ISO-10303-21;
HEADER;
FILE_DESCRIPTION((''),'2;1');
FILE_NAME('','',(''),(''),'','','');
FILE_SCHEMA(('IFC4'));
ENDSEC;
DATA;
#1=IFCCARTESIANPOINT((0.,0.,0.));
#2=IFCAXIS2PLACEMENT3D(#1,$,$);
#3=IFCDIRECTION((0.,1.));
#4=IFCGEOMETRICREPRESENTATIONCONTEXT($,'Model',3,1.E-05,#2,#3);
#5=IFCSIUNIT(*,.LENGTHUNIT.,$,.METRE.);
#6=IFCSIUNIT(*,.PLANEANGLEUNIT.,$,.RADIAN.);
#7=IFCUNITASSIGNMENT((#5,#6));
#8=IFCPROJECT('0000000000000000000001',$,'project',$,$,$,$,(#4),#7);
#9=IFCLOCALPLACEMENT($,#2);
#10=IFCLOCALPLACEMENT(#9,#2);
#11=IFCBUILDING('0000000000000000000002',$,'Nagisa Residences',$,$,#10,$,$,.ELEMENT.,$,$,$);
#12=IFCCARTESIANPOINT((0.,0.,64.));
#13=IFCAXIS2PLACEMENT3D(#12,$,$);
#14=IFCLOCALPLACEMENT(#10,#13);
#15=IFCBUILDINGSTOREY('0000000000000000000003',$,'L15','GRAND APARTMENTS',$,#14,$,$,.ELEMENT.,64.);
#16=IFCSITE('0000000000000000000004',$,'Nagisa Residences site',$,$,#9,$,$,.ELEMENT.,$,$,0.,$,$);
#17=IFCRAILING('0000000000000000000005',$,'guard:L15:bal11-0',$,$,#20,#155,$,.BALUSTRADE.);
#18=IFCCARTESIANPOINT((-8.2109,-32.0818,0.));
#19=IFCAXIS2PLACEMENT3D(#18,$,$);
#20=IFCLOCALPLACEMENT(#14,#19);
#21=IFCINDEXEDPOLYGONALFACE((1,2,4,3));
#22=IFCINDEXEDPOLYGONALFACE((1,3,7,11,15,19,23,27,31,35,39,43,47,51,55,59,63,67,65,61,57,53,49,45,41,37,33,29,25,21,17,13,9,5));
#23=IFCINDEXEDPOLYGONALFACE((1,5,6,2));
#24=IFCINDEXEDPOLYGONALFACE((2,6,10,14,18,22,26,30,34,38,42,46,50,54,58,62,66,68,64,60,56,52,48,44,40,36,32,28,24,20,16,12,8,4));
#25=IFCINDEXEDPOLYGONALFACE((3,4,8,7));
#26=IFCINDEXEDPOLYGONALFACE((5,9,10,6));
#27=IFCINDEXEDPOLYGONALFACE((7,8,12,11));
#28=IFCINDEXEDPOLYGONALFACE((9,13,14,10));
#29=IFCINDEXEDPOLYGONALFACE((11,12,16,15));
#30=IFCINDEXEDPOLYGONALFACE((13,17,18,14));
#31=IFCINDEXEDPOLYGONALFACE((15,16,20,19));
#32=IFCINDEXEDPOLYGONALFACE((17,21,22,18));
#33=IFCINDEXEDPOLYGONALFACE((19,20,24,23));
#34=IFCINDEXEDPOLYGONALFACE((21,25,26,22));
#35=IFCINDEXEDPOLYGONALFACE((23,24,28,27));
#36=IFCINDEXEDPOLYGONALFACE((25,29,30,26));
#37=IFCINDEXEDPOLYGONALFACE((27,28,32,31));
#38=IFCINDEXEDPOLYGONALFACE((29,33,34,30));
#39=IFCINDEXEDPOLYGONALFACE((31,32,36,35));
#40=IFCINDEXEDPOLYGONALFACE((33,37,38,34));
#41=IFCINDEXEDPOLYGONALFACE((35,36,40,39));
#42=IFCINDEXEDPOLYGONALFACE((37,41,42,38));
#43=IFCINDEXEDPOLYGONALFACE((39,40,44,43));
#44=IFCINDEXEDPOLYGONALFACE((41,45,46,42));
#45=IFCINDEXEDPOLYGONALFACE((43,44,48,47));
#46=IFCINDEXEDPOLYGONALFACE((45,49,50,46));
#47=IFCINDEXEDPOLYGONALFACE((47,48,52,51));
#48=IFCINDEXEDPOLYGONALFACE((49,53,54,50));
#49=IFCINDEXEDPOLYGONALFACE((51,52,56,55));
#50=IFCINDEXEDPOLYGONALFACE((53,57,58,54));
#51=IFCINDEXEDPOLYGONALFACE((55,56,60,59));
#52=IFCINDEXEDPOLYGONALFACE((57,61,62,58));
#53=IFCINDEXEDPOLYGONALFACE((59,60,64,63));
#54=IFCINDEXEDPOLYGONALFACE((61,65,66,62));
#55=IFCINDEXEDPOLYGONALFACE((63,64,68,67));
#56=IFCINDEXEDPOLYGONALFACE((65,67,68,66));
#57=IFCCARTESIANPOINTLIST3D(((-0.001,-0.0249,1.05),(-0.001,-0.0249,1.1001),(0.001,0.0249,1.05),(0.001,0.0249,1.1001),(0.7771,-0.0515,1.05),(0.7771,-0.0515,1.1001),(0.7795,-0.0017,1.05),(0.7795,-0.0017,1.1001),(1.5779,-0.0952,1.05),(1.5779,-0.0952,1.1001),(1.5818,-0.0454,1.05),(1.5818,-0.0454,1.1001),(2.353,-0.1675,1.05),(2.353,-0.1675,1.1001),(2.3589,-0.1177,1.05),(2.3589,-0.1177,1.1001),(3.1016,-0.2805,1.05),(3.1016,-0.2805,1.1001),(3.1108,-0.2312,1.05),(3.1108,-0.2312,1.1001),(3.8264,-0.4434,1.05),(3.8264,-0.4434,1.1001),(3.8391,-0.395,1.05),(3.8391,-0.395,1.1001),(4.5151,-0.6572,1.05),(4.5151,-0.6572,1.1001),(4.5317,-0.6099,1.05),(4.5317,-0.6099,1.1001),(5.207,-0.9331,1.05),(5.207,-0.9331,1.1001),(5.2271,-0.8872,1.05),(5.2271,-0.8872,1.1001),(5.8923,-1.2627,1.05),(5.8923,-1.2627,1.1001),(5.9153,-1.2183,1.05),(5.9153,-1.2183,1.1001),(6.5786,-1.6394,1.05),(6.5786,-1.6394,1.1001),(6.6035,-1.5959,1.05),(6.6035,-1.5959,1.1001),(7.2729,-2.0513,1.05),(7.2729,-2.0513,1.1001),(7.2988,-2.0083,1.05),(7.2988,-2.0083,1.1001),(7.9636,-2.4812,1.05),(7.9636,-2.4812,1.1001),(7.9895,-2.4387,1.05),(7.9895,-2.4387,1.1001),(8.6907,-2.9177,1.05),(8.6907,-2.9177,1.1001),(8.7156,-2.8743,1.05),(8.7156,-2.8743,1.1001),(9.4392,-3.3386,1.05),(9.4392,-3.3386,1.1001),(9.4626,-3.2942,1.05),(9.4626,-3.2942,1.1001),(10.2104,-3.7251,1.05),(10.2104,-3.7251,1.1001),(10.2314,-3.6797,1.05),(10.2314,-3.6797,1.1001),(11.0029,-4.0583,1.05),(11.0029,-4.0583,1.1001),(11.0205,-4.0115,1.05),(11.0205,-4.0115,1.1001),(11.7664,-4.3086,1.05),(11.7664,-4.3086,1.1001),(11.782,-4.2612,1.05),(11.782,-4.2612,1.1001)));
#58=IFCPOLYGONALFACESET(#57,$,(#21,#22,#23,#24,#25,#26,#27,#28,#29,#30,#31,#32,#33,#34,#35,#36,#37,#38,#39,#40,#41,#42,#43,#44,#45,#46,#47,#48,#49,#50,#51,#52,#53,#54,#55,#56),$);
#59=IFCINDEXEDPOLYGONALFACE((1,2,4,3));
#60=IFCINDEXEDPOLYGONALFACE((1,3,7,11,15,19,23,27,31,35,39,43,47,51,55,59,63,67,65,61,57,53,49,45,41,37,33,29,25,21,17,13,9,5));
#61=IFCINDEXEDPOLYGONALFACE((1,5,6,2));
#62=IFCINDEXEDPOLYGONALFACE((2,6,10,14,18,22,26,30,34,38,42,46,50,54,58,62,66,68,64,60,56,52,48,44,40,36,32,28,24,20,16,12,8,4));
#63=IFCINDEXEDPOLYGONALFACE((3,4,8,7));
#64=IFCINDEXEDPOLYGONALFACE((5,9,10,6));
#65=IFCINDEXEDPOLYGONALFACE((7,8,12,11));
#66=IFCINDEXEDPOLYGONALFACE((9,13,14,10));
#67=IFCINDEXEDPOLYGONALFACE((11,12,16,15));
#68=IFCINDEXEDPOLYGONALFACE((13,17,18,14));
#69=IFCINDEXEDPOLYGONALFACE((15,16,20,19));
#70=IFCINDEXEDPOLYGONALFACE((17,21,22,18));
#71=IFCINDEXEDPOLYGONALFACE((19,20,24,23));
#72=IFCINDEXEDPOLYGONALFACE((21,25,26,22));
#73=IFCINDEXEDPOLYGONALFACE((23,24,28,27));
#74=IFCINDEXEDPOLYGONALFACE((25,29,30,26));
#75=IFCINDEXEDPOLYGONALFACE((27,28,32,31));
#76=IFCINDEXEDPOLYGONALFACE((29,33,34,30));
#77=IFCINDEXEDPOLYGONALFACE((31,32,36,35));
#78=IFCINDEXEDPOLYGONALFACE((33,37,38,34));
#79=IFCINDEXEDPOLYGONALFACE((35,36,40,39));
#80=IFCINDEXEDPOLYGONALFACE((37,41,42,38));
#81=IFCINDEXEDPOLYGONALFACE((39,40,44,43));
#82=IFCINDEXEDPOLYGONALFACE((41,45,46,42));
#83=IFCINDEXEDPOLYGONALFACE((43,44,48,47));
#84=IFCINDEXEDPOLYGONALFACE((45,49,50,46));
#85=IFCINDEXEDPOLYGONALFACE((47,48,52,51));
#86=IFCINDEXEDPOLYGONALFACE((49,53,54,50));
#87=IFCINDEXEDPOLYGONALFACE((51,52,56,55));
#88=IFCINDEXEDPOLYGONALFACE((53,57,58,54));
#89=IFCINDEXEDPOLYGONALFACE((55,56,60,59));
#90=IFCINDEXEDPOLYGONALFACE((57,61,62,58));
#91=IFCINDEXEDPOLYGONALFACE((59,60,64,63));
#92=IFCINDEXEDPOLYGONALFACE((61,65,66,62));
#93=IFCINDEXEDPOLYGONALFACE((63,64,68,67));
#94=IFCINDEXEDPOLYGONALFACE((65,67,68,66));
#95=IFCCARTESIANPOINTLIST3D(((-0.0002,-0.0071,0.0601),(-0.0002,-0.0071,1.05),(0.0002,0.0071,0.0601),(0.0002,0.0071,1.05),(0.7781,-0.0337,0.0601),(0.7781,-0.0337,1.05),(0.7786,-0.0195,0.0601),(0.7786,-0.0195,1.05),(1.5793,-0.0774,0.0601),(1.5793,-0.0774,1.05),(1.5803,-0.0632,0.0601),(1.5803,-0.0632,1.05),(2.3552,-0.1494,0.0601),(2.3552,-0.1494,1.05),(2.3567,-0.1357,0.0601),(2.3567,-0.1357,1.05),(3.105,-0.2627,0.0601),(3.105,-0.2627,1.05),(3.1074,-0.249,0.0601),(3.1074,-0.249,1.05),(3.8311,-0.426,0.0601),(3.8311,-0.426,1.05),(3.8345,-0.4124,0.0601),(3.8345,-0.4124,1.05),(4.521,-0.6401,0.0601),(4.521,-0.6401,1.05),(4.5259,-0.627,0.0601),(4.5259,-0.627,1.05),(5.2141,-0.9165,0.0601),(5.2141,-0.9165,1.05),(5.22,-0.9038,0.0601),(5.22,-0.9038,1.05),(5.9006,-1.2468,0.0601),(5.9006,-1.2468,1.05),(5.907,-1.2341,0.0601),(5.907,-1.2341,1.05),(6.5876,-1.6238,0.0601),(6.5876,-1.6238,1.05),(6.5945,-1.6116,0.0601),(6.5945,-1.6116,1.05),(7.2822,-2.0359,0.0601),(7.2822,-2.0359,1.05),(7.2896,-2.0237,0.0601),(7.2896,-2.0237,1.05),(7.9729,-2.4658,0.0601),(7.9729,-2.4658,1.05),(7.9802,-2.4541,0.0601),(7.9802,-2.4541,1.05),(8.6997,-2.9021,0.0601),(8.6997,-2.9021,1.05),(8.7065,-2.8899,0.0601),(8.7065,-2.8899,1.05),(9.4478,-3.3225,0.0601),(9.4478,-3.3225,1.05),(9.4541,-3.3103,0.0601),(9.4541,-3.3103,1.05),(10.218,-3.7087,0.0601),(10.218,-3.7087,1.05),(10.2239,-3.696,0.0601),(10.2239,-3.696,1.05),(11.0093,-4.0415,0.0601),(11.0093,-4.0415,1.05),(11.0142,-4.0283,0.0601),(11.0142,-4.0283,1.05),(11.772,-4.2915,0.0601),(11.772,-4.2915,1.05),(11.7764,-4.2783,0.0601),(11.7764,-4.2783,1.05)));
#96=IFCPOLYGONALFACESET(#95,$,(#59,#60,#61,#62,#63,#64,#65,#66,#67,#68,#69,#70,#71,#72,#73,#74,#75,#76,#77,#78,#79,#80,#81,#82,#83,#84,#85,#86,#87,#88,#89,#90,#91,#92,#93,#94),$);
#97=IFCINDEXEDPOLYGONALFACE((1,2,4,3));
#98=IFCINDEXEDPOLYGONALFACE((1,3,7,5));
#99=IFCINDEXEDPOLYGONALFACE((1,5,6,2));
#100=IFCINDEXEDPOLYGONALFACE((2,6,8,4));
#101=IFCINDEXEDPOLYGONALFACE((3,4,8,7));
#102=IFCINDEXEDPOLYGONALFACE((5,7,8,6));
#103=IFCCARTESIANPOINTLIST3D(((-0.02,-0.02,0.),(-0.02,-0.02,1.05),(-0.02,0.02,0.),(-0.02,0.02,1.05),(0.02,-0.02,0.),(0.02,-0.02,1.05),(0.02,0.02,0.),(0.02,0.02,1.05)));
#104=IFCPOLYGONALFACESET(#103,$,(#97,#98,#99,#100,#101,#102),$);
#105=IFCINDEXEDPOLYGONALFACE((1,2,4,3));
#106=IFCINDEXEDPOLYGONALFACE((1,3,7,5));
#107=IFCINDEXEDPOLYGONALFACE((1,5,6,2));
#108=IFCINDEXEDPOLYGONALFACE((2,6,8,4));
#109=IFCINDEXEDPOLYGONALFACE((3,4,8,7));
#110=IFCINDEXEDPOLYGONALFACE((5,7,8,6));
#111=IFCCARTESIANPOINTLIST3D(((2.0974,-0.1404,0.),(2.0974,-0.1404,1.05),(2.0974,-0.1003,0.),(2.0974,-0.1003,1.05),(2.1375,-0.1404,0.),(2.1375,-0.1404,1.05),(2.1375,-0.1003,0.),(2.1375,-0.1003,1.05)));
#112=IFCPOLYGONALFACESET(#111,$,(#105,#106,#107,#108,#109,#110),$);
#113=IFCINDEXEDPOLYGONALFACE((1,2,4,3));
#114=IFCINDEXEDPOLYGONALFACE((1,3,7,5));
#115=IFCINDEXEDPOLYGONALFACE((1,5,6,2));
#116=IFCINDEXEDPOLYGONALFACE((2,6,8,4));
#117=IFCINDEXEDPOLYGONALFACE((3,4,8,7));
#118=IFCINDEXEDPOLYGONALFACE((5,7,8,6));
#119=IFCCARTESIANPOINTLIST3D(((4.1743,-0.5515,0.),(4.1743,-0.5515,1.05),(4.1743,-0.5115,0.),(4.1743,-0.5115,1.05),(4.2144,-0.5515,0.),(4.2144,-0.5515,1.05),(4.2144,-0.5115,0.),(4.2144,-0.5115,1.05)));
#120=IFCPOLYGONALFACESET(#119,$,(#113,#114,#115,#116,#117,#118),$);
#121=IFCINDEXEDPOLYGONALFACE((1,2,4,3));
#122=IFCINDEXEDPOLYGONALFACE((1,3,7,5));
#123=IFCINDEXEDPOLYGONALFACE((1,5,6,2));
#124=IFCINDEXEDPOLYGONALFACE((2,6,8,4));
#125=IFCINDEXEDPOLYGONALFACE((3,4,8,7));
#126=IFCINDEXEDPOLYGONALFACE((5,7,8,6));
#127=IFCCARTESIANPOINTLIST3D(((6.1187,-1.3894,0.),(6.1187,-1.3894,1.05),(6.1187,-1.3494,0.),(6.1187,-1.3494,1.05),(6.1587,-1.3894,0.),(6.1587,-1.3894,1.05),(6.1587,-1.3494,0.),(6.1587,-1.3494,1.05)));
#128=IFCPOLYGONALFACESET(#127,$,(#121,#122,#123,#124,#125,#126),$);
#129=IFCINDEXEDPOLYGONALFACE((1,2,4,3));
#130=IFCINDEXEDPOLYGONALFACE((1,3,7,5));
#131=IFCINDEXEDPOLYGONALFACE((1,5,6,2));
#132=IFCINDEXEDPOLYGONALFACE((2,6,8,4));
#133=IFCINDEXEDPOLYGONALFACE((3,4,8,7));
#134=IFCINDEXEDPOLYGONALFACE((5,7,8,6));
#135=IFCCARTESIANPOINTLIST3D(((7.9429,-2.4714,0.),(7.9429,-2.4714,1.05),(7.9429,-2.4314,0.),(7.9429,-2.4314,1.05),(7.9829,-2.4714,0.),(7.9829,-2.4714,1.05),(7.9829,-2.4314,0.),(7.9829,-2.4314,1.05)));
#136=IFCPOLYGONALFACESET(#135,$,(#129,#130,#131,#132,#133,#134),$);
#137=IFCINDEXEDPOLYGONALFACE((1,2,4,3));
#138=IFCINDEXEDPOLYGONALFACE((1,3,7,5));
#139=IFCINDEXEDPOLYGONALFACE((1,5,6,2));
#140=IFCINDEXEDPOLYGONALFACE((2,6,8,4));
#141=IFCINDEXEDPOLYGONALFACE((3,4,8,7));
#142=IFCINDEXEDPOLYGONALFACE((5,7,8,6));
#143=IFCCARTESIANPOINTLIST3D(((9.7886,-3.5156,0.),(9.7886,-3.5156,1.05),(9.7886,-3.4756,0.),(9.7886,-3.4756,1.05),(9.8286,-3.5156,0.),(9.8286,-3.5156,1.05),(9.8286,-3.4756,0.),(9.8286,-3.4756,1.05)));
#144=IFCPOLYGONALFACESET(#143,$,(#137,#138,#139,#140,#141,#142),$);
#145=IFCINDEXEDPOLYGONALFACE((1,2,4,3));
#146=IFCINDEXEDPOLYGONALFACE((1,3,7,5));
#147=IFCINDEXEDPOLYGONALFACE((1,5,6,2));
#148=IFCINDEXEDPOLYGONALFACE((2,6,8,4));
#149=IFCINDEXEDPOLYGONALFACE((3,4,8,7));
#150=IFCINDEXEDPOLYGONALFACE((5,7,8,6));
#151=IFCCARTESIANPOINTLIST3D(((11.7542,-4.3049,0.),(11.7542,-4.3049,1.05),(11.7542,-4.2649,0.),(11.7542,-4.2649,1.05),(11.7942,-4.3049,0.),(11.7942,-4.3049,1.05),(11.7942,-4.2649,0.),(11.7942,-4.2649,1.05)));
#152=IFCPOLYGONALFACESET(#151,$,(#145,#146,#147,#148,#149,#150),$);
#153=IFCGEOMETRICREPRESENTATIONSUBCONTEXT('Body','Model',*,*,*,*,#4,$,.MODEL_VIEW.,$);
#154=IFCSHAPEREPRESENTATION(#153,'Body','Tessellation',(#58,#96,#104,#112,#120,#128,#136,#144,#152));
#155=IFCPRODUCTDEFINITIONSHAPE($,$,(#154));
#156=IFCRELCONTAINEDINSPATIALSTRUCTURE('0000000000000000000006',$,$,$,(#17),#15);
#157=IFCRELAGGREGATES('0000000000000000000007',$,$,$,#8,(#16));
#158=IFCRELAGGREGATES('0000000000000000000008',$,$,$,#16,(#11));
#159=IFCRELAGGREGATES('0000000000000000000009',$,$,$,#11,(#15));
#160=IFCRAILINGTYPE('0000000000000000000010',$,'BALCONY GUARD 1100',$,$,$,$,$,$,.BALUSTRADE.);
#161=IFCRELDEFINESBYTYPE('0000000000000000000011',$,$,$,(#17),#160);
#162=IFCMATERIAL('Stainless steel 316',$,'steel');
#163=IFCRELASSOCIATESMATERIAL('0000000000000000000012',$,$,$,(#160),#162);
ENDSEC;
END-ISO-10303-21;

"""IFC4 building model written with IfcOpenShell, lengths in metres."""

from ifc_helpers import new_model, si_unit, direction, frame, origin, origin_2d, place, context, subcontext, project, spatial, polyline, rectangle, outline, extrude, material, type_object, element, save


model = new_model("IFC4")

# Units and contexts
model_context = context("Model", 3, precision=1e-05, world=origin(), true_north=direction((0.0, 1.0)))
body_context = subcontext(model_context, "Body", "Model", "MODEL_VIEW")
ifc_project = project(units=[si_unit("LENGTHUNIT", "METRE"), si_unit("PLANEANGLEUNIT", "RADIAN")], contexts=[model_context])

# Site, building, storey
site_placement = place(None, origin())
site = spatial("IfcSite", under=ifc_project, at=site_placement, Name="Nagisa Residences site", CompositionType="ELEMENT", RefElevation=0.0)
building_placement = place(site_placement, origin())
building = spatial("IfcBuilding", under=site, at=building_placement, Name="Nagisa Residences", CompositionType="ELEMENT")
storey_placement = place(building_placement, frame((0.0, 0.0, 64.0)))
storey = spatial("IfcBuildingStorey", under=building, at=storey_placement, Name="L15", Description="GRAND APARTMENTS", CompositionType="ELEMENT", Elevation=64.0)

# Railing
ifc_material_1 = material(Name="Stainless steel 316", Category="steel")
railing_type = type_object("IfcRailingType", Name="BALCONY GUARD 1100", PredefinedType="BALUSTRADE", material=ifc_material_1)
railing_placement = place(storey_placement, frame((-8.2109, -32.0818, 0.0)))
element("IfcRailing", 1, at=railing_placement, inside=storey, type_object=railing_type, Name="guard:L15:bal11-0", PredefinedType="BALUSTRADE", context=body_context, shape_type="SweptSolid", body=[
    extrude(outline(polyline([(0.7795, -0.0017), (0.001, 0.0249), (-0.001, -0.0249), (0.7771, -0.0515), (1.5779, -0.0952), (2.353, -0.1675), (3.1016, -0.2805), (3.8264, -0.4434), (4.5151, -0.6572), (5.207, -0.9331), (5.8923, -1.2627), (6.5786, -1.6394), (7.2729, -2.0513), (7.9636, -2.4812), (8.6907, -2.9177), (9.4392, -3.3386), (10.2104, -3.7251), (11.0029, -4.0583), (11.7664, -4.3086), (11.782, -4.2612), (11.0205, -4.0115), (10.2314, -3.6797), (9.4626, -3.2942), (8.7156, -2.8743), (7.9895, -2.4387), (7.2988, -2.0083), (6.6035, -1.5959), (5.9153, -1.2183), (5.2271, -0.8872), (4.5317, -0.6099), (3.8391, -0.395), (3.1108, -0.2312), (2.3589, -0.1177), (1.5818, -0.0454), (0.7795, -0.0017)])), frame((0.0, 0.0, 1.05)), (0.0, 0.0, 1.0), 0.05),
    extrude(outline(polyline([(0.7786, -0.0195), (0.0002, 0.0071), (-0.0002, -0.0071), (0.7781, -0.0337), (1.5793, -0.0774), (2.3552, -0.1494), (3.105, -0.2627), (3.8311, -0.426), (4.521, -0.6401), (5.2141, -0.9165), (5.9006, -1.2468), (6.5876, -1.6238), (7.2822, -2.0359), (7.9729, -2.4658), (8.6997, -2.9021), (9.4478, -3.3225), (10.218, -3.7087), (11.0093, -4.0415), (11.772, -4.2915), (11.7764, -4.2783), (11.0142, -4.0283), (10.2239, -3.696), (9.4541, -3.3103), (8.7065, -2.8899), (7.9802, -2.4541), (7.2896, -2.0237), (6.5945, -1.6116), (5.907, -1.2341), (5.22, -0.9038), (4.5259, -0.627), (3.8345, -0.4124), (3.1074, -0.249), (2.3567, -0.1357), (1.5803, -0.0632), (0.7786, -0.0195)])), frame((0.0, 0.0, 0.0601)), (0.0, 0.0, 1.0), 0.99),
    extrude(rectangle(XDim=0.04, YDim=0.04, at=origin_2d()), origin(), (0.0, 0.0, 1.0), 1.05),
    extrude(rectangle(XDim=0.04, YDim=0.04, at=origin_2d()), frame((2.1174, -0.1204, 0.0)), (0.0, 0.0, 1.0), 1.05),
    extrude(rectangle(XDim=0.04, YDim=0.04, at=origin_2d()), frame((4.1943, -0.5315, 0.0)), (0.0, 0.0, 1.0), 1.05),
    extrude(rectangle(XDim=0.04, YDim=0.04, at=origin_2d()), frame((6.1387, -1.3694, 0.0)), (0.0, 0.0, 1.0), 1.05),
    extrude(rectangle(XDim=0.04, YDim=0.04, at=origin_2d()), frame((7.9629, -2.4514, 0.0)), (0.0, 0.0, 1.0), 1.05),
    extrude(rectangle(XDim=0.04, YDim=0.04, at=origin_2d()), frame((9.8086, -3.4956, 0.0)), (0.0, 0.0, 1.0), 1.05),
    extrude(rectangle(XDim=0.04, YDim=0.04, at=origin_2d()), frame((11.7742, -4.2849, 0.0)), (0.0, 0.0, 1.0), 1.05),
])

save(model, "model.ifc")
